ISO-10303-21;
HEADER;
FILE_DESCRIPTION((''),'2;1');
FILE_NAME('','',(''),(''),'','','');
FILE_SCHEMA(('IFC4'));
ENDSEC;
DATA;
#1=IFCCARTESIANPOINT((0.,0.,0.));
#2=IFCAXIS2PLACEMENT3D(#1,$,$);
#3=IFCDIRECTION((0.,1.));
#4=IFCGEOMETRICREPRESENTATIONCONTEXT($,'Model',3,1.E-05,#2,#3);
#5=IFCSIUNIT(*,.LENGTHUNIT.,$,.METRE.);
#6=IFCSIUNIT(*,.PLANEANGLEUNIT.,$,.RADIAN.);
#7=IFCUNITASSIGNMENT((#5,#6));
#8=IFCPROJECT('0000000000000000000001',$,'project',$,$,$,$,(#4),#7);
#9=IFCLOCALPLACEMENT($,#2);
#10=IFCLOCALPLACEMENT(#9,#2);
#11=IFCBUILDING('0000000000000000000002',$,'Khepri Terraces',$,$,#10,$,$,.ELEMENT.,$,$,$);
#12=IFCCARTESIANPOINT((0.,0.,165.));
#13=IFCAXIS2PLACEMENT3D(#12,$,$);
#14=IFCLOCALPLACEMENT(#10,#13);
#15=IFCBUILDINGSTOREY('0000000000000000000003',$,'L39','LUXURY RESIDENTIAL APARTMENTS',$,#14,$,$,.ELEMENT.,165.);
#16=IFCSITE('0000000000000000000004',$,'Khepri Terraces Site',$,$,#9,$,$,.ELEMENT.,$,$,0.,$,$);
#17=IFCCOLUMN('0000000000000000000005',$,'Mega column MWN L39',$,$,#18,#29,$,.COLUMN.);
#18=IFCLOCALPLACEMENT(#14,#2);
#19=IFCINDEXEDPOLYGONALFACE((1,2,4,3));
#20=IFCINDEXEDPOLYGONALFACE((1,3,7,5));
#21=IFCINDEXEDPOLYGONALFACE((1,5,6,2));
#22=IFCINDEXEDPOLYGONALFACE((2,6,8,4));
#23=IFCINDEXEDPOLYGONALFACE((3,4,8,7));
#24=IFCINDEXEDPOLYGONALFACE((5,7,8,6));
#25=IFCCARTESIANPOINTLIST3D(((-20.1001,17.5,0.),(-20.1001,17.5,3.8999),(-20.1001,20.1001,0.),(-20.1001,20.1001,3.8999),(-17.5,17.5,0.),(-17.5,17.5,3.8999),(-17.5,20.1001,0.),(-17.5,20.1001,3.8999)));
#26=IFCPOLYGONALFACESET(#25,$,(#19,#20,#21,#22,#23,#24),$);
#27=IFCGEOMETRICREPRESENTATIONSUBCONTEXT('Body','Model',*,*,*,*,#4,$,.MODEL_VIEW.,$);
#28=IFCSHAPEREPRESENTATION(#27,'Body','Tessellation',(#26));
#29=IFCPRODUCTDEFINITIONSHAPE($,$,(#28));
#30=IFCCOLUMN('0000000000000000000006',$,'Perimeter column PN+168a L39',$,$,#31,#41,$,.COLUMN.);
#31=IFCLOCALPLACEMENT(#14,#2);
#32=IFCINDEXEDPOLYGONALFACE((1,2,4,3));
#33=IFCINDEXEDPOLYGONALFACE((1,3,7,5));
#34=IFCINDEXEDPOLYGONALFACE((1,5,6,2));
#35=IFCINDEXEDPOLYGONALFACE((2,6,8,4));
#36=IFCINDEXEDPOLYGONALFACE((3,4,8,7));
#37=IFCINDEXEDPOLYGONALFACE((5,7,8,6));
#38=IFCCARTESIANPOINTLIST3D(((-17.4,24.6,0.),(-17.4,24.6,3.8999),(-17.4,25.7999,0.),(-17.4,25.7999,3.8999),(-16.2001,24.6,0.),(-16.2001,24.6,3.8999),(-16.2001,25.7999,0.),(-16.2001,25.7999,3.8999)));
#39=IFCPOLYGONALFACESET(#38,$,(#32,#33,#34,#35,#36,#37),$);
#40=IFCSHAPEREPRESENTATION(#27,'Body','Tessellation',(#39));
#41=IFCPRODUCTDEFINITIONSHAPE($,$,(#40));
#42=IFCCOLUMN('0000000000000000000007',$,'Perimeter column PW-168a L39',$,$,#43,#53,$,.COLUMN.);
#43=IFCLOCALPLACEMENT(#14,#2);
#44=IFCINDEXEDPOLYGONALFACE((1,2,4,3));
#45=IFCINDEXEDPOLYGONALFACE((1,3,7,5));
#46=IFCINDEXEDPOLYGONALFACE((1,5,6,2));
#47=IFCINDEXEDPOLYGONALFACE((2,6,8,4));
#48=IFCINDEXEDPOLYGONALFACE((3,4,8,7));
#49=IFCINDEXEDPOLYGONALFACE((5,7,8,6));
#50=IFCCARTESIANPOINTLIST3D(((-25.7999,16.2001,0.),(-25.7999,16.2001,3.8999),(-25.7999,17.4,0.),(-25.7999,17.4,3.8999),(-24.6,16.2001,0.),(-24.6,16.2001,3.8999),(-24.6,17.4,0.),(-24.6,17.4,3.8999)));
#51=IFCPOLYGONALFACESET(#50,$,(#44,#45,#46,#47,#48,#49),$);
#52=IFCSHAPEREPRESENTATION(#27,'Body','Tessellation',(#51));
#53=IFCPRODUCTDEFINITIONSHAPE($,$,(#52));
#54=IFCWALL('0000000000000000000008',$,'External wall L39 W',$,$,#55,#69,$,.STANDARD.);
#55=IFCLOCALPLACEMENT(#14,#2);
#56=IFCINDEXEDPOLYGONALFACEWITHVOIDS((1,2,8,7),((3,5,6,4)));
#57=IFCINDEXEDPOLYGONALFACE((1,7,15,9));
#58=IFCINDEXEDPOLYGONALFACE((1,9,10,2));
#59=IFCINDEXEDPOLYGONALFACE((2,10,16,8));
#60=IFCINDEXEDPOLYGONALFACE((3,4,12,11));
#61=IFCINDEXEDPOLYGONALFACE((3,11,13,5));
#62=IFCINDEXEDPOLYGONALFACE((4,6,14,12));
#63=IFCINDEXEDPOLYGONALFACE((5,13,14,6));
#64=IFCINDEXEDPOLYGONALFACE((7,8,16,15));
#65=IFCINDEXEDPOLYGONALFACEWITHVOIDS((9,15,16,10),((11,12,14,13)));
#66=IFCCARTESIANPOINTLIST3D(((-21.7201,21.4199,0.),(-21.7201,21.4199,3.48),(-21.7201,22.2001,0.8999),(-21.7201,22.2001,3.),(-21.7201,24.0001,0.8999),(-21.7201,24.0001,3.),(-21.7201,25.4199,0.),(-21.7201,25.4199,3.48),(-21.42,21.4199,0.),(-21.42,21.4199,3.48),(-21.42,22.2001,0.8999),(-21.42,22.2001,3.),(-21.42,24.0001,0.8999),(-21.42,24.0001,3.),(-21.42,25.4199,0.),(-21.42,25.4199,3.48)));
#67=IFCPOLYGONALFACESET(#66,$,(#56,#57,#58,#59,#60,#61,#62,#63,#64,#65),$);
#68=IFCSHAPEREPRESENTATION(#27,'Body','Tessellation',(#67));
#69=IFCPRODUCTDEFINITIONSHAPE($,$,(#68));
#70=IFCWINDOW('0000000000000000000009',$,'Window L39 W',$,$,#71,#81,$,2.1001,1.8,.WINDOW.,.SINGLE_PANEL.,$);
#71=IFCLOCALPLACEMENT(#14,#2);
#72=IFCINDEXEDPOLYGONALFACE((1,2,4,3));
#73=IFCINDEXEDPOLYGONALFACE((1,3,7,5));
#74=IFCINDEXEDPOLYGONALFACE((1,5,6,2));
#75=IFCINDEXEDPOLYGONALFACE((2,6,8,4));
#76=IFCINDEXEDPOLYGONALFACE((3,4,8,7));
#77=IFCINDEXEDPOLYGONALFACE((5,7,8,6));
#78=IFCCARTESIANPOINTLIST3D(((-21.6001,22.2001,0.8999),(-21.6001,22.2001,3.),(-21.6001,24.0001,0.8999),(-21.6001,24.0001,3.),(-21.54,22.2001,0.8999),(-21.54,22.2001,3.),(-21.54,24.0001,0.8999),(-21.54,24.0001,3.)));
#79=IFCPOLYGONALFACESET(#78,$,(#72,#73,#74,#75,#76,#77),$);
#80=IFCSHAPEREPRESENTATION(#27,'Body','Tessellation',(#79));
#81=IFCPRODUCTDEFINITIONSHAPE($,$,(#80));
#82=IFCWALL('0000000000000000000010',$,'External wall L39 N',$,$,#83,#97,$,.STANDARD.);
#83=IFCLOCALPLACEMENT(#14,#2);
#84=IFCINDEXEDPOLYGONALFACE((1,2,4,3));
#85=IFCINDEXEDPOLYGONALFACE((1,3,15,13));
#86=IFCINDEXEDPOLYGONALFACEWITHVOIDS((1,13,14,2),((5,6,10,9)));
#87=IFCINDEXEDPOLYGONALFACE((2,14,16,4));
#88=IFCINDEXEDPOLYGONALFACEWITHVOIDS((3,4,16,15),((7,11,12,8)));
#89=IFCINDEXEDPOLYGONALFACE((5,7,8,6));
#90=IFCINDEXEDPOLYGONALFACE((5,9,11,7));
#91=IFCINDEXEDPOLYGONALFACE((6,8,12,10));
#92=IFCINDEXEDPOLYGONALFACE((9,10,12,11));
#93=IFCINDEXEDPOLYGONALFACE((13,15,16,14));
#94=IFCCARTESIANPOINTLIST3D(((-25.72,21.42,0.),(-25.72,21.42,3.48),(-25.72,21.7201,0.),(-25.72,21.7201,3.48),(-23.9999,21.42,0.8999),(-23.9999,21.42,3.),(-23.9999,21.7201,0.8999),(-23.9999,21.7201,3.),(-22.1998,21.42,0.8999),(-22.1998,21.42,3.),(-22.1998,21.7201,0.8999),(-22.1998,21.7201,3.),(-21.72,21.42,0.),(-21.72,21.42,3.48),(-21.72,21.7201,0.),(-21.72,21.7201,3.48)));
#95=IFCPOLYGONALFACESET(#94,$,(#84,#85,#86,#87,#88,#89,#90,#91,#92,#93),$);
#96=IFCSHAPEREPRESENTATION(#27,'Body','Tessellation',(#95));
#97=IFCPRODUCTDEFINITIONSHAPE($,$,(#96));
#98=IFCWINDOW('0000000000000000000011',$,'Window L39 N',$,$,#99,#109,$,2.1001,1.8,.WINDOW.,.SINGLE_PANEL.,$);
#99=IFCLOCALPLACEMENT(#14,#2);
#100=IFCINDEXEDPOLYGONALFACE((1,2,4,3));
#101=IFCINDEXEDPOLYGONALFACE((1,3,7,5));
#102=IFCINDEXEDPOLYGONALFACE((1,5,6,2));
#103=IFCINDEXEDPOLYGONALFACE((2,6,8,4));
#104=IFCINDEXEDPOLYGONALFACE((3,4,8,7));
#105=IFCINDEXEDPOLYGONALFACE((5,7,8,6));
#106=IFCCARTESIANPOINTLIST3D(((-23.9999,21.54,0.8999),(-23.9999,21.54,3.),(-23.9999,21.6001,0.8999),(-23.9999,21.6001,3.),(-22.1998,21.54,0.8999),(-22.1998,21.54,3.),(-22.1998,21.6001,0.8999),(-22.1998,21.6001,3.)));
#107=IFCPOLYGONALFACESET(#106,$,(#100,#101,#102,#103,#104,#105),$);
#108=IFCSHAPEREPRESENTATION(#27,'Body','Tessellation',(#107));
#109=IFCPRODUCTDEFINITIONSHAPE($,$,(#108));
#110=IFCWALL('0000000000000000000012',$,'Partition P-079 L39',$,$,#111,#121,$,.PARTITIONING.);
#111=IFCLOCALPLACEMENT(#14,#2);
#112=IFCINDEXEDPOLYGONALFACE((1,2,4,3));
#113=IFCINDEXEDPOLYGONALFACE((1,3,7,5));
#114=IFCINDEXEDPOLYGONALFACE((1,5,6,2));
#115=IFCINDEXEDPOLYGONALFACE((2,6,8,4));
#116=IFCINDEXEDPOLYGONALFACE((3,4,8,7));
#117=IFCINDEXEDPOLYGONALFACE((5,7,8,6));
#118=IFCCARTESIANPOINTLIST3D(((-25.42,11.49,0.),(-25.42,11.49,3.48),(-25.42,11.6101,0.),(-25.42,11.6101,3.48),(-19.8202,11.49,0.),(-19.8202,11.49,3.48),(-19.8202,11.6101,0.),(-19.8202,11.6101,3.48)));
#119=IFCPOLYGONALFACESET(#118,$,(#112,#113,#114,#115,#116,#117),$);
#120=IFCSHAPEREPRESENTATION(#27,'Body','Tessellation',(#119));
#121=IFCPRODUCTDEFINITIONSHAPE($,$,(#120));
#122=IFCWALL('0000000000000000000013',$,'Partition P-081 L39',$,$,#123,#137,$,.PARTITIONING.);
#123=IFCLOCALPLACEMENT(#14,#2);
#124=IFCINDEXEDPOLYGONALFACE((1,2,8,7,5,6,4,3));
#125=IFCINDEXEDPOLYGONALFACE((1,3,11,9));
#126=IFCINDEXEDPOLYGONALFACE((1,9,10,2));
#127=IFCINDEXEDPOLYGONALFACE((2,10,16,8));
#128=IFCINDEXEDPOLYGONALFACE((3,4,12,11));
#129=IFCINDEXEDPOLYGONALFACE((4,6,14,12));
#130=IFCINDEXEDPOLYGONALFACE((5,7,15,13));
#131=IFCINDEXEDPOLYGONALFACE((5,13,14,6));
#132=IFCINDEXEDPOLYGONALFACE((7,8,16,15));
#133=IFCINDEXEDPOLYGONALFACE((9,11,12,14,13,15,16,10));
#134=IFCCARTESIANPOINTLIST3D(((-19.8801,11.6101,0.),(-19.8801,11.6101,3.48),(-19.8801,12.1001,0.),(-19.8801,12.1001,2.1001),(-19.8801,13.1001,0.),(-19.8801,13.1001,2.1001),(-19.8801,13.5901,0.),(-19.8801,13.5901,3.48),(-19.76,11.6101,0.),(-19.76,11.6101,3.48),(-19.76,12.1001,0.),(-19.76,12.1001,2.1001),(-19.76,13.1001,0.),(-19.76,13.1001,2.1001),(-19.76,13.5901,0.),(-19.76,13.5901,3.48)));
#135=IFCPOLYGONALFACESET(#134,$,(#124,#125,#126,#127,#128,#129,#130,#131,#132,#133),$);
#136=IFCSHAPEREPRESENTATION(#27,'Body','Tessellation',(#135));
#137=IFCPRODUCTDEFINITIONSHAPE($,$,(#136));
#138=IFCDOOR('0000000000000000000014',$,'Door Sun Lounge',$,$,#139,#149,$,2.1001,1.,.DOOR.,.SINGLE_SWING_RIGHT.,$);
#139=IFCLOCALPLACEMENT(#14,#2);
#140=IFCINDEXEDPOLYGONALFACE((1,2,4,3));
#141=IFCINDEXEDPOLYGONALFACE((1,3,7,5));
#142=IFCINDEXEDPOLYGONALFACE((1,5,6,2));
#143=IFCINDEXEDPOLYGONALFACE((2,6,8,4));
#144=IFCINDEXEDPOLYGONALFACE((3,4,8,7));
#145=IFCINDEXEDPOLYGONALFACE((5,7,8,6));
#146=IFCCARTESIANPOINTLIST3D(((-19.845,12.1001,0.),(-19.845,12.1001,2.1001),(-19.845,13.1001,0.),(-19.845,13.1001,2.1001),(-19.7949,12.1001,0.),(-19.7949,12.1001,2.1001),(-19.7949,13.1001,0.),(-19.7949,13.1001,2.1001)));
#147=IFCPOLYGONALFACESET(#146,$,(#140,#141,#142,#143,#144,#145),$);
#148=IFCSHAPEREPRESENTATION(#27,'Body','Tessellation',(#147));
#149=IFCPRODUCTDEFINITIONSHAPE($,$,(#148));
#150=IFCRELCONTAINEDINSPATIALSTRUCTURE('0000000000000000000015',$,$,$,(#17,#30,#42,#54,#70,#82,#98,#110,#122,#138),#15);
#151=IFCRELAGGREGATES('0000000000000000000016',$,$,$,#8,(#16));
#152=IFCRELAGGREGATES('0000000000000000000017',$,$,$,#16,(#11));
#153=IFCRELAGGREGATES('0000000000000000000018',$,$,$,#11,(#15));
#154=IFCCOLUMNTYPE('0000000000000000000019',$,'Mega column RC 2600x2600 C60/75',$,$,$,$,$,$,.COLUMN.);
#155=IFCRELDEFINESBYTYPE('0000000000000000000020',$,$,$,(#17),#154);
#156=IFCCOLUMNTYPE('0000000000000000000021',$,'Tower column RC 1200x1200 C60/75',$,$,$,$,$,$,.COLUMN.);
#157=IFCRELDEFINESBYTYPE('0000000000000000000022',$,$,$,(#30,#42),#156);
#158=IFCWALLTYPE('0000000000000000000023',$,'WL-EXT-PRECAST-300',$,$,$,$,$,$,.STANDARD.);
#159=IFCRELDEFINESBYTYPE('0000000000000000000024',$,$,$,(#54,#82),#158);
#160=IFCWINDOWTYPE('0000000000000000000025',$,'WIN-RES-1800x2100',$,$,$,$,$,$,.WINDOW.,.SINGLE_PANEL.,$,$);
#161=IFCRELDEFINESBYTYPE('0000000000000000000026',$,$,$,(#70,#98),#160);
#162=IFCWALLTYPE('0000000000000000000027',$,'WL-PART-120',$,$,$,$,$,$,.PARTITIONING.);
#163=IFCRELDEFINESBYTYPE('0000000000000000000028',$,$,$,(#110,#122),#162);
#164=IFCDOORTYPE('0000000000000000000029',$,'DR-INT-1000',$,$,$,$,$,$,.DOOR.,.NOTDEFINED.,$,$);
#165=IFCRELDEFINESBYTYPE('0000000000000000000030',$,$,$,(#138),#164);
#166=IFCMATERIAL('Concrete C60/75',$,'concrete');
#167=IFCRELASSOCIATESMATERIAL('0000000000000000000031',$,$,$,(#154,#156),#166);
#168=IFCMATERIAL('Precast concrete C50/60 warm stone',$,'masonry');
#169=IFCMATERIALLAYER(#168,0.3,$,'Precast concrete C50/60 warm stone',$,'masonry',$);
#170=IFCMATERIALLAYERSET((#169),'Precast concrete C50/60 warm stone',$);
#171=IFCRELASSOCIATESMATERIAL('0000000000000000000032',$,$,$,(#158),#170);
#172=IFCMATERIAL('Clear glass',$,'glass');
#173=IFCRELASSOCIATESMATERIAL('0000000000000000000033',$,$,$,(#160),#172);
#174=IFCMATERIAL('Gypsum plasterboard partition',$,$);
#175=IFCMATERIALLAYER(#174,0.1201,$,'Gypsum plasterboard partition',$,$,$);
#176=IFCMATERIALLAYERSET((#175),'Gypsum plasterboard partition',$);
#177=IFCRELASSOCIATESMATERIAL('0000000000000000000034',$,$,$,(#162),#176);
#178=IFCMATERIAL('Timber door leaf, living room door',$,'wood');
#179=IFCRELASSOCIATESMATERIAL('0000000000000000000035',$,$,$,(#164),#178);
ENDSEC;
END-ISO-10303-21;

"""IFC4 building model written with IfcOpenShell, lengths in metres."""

from ifc_helpers import new_model, si_unit, direction, frame, frame_2d, origin, origin_2d, place, context, subcontext, project, spatial, rectangle, extrude, material, layer, layer_set, material_profile, profile_set, type_object, element, fill, save


model = new_model("IFC4")

# Units and contexts
model_context = context("Model", 3, precision=1e-05, world=origin(), true_north=direction((0.0, 1.0)))
body_context = subcontext(model_context, "Body", "Model", "MODEL_VIEW")
ifc_project = project(units=[si_unit("LENGTHUNIT", "METRE"), si_unit("PLANEANGLEUNIT", "RADIAN")], contexts=[model_context])

# Site, building, storey
site_placement = place(None, origin())
site = spatial("IfcSite", under=ifc_project, at=site_placement, Name="Khepri Terraces Site", CompositionType="ELEMENT", RefElevation=0.0)
building_placement = place(site_placement, origin())
building = spatial("IfcBuilding", under=site, at=building_placement, Name="Khepri Terraces", CompositionType="ELEMENT")
storey_placement = place(building_placement, frame((0.0, 0.0, 165.0)))
storey = spatial("IfcBuildingStorey", under=building, at=storey_placement, Name="L39", Description="LUXURY RESIDENTIAL APARTMENTS", CompositionType="ELEMENT", Elevation=165.0)

# Columns
ifc_material_1 = material(Name="Concrete C60/75", Category="concrete")
ifc_material_profile_1 = material_profile(ifc_material_1, rectangle(XDim=2.6001, YDim=2.6001, at=origin_2d()), Name="Concrete C60/75", Category="concrete")
ifc_profile_set_1 = profile_set([ifc_material_profile_1], Name="Concrete C60/75")
column_type_1 = type_object("IfcColumnType", Name="Mega column RC 2600x2600 C60/75", PredefinedType="COLUMN", material=ifc_profile_set_1)
column_placement = place(storey_placement, frame((-18.8, 18.8, 0.0), z_axis=(0.0, 0.0, 1.0), x_axis=(1.0, 0.0, 0.0)))
element("IfcColumn", 1, at=column_placement, inside=storey, type_object=column_type_1, Name="Mega column MWN L39", PredefinedType="COLUMN", context=body_context, shape_type="SweptSolid", body=[
    extrude(rectangle(XDim=2.6001, YDim=2.6001, at=origin_2d()), origin(), (0.0, 0.0, 1.0), 3.8999),
])
ifc_material_profile_2 = material_profile(ifc_material_1, rectangle(XDim=1.2, YDim=1.2, at=origin_2d()), Name="Concrete C60/75", Category="concrete")
ifc_profile_set_2 = profile_set([ifc_material_profile_2], Name="Concrete C60/75")
column_type_2 = type_object("IfcColumnType", Name="Tower column RC 1200x1200 C60/75", PredefinedType="COLUMN", material=ifc_profile_set_2)
for number, where, z_axis, x_axis, name in (
    (2, (-16.8, 25.2, 0.0), (0.0, 0.0, 1.0), (1.0, 0.0, 0.0), "Perimeter column PN+168a L39"),
    (3, (-25.2, 16.8, 0.0), (0.0, 0.0, 1.0), (1.0, 0.0, 0.0), "Perimeter column PW-168a L39"),
):
    element("IfcColumn", number, at=place(storey_placement, frame(where, z_axis=z_axis, x_axis=x_axis)), inside=storey, type_object=column_type_2, Name=name, PredefinedType="COLUMN", context=body_context, shape_type="SweptSolid", body=[
        extrude(rectangle(XDim=1.2, YDim=1.2, at=origin_2d()), origin(), (0.0, 0.0, 1.0), 3.8999),
    ])

# Shared definitions
ifc_material_2 = material(Name="Precast concrete C50/60 warm stone", Category="masonry")
ifc_layer_1 = layer(ifc_material_2, 0.3, Name="Precast concrete C50/60 warm stone", Category="masonry")
ifc_layer_set_1 = layer_set([ifc_layer_1], Name="Precast concrete C50/60 warm stone")
wall_type_1 = type_object("IfcWallType", Name="WL-EXT-PRECAST-300", PredefinedType="STANDARD", material=ifc_layer_set_1)
ifc_material_3 = material(Name="Clear glass", Category="glass")
window_type = type_object("IfcWindowType", Name="WIN-RES-1800x2100", PartitioningType="SINGLE_PANEL", PredefinedType="WINDOW", material=ifc_material_3)

# Walls, openings, windows
wall_1_placement = place(storey_placement, frame((-21.5701, 25.4199, 0.0), z_axis=(0.0, 0.0, 1.0), x_axis=(0.0, -1.0, 0.0)))
wall_1 = element("IfcWall", 4, at=wall_1_placement, inside=storey, type_object=wall_type_1, Name="External wall L39 W", PredefinedType="STANDARD", context=body_context, shape_type="SweptSolid", body=[
    extrude(rectangle(XDim=4.0, YDim=0.3, at=frame_2d((2.0, 0.0))), origin(), (0.0, 0.0, 1.0), 3.48),
])
opening_1_placement = place(wall_1_placement, frame((1.4199, 0.0, 0.8999)))
opening_1 = element("IfcOpeningElement", 5, at=opening_1_placement, cuts=wall_1, PredefinedType="OPENING", context=body_context, shape_type="SweptSolid", body=[
    extrude(rectangle(XDim=1.8, YDim=2.1001, at=frame_2d((0.8999, 1.05))), frame((0.0, 0.1602, 0.0), z_axis=(0.0, -1.0, 0.0), x_axis=(1.0, 0.0, 0.0)), (0.0, 0.0, 1.0), 0.3201),
])
window_1_placement = place(opening_1_placement, origin())
window_1 = element("IfcWindow", 6, at=window_1_placement, inside=storey, type_object=window_type, Name="Window L39 W", OverallHeight=2.1001, OverallWidth=1.8, PartitioningType="SINGLE_PANEL", PredefinedType="WINDOW", context=body_context, shape_type="SweptSolid", body=[
    extrude(rectangle(XDim=1.8, YDim=2.1001, at=frame_2d((0.8999, 1.05))), frame((0.0, 0.03, 0.0), z_axis=(0.0, -1.0, 0.0), x_axis=(1.0, 0.0, 0.0)), (0.0, 0.0, 1.0), 0.0601),
])
fill(opening_1, window_1)
wall_2_placement = place(storey_placement, frame((-21.72, 21.5701, 0.0), z_axis=(0.0, 0.0, 1.0), x_axis=(-1.0, 0.0, 0.0)))
wall_2 = element("IfcWall", 7, at=wall_2_placement, inside=storey, type_object=wall_type_1, Name="External wall L39 N", PredefinedType="STANDARD", context=body_context, shape_type="SweptSolid", body=[
    extrude(rectangle(XDim=4.0, YDim=0.3, at=frame_2d((2.0, 0.0))), origin(), (0.0, 0.0, 1.0), 3.48),
])
opening_2_placement = place(wall_2_placement, frame((0.48, 0.0, 0.8999)))
opening_2 = element("IfcOpeningElement", 8, at=opening_2_placement, cuts=wall_2, PredefinedType="OPENING", context=body_context, shape_type="SweptSolid", body=[
    extrude(rectangle(XDim=1.8, YDim=2.1001, at=frame_2d((0.8999, 1.05))), frame((0.0, 0.1602, 0.0), z_axis=(0.0, -1.0, 0.0), x_axis=(1.0, 0.0, 0.0)), (0.0, 0.0, 1.0), 0.3201),
])
window_2_placement = place(opening_2_placement, origin())
window_2 = element("IfcWindow", 9, at=window_2_placement, inside=storey, type_object=window_type, Name="Window L39 N", OverallHeight=2.1001, OverallWidth=1.8, PartitioningType="SINGLE_PANEL", PredefinedType="WINDOW", context=body_context, shape_type="SweptSolid", body=[
    extrude(rectangle(XDim=1.8, YDim=2.1001, at=frame_2d((0.8999, 1.05))), frame((0.0, 0.03, 0.0), z_axis=(0.0, -1.0, 0.0), x_axis=(1.0, 0.0, 0.0)), (0.0, 0.0, 1.0), 0.0601),
])
fill(opening_2, window_2)

# Wall
ifc_material_4 = material(Name="Gypsum plasterboard partition")
ifc_layer_2 = layer(ifc_material_4, 0.1201, Name="Gypsum plasterboard partition")
ifc_layer_set_2 = layer_set([ifc_layer_2], Name="Gypsum plasterboard partition")
wall_type_2 = type_object("IfcWallType", Name="WL-PART-120", PredefinedType="PARTITIONING", material=ifc_layer_set_2)
wall_3_placement = place(storey_placement, frame((-25.4199, 11.55, 0.0), z_axis=(0.0, 0.0, 1.0), x_axis=(1.0, 0.0, 0.0)))
element("IfcWall", 10, at=wall_3_placement, inside=storey, type_object=wall_type_2, Name="Partition P-079 L39", PredefinedType="PARTITIONING", context=body_context, shape_type="SweptSolid", body=[
    extrude(rectangle(XDim=5.5999, YDim=0.1201, at=frame_2d((2.7998, 0.0))), origin(), (0.0, 0.0, 1.0), 3.48),
])

# Wall, opening, door
wall_4_placement = place(storey_placement, frame((-19.8201, 11.6101, 0.0), z_axis=(0.0, 0.0, 1.0), x_axis=(0.0, 1.0, 0.0)))
wall_4 = element("IfcWall", 11, at=wall_4_placement, inside=storey, type_object=wall_type_2, Name="Partition P-081 L39", PredefinedType="PARTITIONING", context=body_context, shape_type="SweptSolid", body=[
    extrude(rectangle(XDim=1.98, YDim=0.1201, at=frame_2d((0.99, 0.0))), origin(), (0.0, 0.0, 1.0), 3.48),
])
opening_3_placement = place(wall_4_placement, frame((0.49, 0.0, 0.0)))
opening_3 = element("IfcOpeningElement", 12, at=opening_3_placement, cuts=wall_4, PredefinedType="OPENING", context=body_context, shape_type="SweptSolid", body=[
    extrude(rectangle(XDim=1.0, YDim=2.1001, at=frame_2d((0.5, 1.05))), frame((0.0, 0.0701, 0.0), z_axis=(0.0, -1.0, 0.0), x_axis=(1.0, 0.0, 0.0)), (0.0, 0.0, 1.0), 0.1401),
])
ifc_material_5 = material(Name="Timber door leaf, living room door", Category="wood")
door_type_1 = type_object("IfcDoorType", Name="DR-INT-1000", OperationType="NOTDEFINED", PredefinedType="DOOR", material=ifc_material_5)
door_1_placement = place(opening_3_placement, origin())
door_1 = element("IfcDoor", 13, at=door_1_placement, inside=storey, type_object=door_type_1, Name="Door Sun Lounge", OperationType="SINGLE_SWING_RIGHT", OverallHeight=2.1001, OverallWidth=1.0, PredefinedType="DOOR", context=body_context, shape_type="SweptSolid", body=[
    extrude(rectangle(XDim=1.0, YDim=2.1001, at=frame_2d((0.5, 1.05))), frame((0.0, 0.0249, 0.0), z_axis=(0.0, -1.0, 0.0), x_axis=(1.0, 0.0, 0.0)), (0.0, 0.0, 1.0), 0.05),
])
fill(opening_3, door_1)

save(model, "model.ifc")
